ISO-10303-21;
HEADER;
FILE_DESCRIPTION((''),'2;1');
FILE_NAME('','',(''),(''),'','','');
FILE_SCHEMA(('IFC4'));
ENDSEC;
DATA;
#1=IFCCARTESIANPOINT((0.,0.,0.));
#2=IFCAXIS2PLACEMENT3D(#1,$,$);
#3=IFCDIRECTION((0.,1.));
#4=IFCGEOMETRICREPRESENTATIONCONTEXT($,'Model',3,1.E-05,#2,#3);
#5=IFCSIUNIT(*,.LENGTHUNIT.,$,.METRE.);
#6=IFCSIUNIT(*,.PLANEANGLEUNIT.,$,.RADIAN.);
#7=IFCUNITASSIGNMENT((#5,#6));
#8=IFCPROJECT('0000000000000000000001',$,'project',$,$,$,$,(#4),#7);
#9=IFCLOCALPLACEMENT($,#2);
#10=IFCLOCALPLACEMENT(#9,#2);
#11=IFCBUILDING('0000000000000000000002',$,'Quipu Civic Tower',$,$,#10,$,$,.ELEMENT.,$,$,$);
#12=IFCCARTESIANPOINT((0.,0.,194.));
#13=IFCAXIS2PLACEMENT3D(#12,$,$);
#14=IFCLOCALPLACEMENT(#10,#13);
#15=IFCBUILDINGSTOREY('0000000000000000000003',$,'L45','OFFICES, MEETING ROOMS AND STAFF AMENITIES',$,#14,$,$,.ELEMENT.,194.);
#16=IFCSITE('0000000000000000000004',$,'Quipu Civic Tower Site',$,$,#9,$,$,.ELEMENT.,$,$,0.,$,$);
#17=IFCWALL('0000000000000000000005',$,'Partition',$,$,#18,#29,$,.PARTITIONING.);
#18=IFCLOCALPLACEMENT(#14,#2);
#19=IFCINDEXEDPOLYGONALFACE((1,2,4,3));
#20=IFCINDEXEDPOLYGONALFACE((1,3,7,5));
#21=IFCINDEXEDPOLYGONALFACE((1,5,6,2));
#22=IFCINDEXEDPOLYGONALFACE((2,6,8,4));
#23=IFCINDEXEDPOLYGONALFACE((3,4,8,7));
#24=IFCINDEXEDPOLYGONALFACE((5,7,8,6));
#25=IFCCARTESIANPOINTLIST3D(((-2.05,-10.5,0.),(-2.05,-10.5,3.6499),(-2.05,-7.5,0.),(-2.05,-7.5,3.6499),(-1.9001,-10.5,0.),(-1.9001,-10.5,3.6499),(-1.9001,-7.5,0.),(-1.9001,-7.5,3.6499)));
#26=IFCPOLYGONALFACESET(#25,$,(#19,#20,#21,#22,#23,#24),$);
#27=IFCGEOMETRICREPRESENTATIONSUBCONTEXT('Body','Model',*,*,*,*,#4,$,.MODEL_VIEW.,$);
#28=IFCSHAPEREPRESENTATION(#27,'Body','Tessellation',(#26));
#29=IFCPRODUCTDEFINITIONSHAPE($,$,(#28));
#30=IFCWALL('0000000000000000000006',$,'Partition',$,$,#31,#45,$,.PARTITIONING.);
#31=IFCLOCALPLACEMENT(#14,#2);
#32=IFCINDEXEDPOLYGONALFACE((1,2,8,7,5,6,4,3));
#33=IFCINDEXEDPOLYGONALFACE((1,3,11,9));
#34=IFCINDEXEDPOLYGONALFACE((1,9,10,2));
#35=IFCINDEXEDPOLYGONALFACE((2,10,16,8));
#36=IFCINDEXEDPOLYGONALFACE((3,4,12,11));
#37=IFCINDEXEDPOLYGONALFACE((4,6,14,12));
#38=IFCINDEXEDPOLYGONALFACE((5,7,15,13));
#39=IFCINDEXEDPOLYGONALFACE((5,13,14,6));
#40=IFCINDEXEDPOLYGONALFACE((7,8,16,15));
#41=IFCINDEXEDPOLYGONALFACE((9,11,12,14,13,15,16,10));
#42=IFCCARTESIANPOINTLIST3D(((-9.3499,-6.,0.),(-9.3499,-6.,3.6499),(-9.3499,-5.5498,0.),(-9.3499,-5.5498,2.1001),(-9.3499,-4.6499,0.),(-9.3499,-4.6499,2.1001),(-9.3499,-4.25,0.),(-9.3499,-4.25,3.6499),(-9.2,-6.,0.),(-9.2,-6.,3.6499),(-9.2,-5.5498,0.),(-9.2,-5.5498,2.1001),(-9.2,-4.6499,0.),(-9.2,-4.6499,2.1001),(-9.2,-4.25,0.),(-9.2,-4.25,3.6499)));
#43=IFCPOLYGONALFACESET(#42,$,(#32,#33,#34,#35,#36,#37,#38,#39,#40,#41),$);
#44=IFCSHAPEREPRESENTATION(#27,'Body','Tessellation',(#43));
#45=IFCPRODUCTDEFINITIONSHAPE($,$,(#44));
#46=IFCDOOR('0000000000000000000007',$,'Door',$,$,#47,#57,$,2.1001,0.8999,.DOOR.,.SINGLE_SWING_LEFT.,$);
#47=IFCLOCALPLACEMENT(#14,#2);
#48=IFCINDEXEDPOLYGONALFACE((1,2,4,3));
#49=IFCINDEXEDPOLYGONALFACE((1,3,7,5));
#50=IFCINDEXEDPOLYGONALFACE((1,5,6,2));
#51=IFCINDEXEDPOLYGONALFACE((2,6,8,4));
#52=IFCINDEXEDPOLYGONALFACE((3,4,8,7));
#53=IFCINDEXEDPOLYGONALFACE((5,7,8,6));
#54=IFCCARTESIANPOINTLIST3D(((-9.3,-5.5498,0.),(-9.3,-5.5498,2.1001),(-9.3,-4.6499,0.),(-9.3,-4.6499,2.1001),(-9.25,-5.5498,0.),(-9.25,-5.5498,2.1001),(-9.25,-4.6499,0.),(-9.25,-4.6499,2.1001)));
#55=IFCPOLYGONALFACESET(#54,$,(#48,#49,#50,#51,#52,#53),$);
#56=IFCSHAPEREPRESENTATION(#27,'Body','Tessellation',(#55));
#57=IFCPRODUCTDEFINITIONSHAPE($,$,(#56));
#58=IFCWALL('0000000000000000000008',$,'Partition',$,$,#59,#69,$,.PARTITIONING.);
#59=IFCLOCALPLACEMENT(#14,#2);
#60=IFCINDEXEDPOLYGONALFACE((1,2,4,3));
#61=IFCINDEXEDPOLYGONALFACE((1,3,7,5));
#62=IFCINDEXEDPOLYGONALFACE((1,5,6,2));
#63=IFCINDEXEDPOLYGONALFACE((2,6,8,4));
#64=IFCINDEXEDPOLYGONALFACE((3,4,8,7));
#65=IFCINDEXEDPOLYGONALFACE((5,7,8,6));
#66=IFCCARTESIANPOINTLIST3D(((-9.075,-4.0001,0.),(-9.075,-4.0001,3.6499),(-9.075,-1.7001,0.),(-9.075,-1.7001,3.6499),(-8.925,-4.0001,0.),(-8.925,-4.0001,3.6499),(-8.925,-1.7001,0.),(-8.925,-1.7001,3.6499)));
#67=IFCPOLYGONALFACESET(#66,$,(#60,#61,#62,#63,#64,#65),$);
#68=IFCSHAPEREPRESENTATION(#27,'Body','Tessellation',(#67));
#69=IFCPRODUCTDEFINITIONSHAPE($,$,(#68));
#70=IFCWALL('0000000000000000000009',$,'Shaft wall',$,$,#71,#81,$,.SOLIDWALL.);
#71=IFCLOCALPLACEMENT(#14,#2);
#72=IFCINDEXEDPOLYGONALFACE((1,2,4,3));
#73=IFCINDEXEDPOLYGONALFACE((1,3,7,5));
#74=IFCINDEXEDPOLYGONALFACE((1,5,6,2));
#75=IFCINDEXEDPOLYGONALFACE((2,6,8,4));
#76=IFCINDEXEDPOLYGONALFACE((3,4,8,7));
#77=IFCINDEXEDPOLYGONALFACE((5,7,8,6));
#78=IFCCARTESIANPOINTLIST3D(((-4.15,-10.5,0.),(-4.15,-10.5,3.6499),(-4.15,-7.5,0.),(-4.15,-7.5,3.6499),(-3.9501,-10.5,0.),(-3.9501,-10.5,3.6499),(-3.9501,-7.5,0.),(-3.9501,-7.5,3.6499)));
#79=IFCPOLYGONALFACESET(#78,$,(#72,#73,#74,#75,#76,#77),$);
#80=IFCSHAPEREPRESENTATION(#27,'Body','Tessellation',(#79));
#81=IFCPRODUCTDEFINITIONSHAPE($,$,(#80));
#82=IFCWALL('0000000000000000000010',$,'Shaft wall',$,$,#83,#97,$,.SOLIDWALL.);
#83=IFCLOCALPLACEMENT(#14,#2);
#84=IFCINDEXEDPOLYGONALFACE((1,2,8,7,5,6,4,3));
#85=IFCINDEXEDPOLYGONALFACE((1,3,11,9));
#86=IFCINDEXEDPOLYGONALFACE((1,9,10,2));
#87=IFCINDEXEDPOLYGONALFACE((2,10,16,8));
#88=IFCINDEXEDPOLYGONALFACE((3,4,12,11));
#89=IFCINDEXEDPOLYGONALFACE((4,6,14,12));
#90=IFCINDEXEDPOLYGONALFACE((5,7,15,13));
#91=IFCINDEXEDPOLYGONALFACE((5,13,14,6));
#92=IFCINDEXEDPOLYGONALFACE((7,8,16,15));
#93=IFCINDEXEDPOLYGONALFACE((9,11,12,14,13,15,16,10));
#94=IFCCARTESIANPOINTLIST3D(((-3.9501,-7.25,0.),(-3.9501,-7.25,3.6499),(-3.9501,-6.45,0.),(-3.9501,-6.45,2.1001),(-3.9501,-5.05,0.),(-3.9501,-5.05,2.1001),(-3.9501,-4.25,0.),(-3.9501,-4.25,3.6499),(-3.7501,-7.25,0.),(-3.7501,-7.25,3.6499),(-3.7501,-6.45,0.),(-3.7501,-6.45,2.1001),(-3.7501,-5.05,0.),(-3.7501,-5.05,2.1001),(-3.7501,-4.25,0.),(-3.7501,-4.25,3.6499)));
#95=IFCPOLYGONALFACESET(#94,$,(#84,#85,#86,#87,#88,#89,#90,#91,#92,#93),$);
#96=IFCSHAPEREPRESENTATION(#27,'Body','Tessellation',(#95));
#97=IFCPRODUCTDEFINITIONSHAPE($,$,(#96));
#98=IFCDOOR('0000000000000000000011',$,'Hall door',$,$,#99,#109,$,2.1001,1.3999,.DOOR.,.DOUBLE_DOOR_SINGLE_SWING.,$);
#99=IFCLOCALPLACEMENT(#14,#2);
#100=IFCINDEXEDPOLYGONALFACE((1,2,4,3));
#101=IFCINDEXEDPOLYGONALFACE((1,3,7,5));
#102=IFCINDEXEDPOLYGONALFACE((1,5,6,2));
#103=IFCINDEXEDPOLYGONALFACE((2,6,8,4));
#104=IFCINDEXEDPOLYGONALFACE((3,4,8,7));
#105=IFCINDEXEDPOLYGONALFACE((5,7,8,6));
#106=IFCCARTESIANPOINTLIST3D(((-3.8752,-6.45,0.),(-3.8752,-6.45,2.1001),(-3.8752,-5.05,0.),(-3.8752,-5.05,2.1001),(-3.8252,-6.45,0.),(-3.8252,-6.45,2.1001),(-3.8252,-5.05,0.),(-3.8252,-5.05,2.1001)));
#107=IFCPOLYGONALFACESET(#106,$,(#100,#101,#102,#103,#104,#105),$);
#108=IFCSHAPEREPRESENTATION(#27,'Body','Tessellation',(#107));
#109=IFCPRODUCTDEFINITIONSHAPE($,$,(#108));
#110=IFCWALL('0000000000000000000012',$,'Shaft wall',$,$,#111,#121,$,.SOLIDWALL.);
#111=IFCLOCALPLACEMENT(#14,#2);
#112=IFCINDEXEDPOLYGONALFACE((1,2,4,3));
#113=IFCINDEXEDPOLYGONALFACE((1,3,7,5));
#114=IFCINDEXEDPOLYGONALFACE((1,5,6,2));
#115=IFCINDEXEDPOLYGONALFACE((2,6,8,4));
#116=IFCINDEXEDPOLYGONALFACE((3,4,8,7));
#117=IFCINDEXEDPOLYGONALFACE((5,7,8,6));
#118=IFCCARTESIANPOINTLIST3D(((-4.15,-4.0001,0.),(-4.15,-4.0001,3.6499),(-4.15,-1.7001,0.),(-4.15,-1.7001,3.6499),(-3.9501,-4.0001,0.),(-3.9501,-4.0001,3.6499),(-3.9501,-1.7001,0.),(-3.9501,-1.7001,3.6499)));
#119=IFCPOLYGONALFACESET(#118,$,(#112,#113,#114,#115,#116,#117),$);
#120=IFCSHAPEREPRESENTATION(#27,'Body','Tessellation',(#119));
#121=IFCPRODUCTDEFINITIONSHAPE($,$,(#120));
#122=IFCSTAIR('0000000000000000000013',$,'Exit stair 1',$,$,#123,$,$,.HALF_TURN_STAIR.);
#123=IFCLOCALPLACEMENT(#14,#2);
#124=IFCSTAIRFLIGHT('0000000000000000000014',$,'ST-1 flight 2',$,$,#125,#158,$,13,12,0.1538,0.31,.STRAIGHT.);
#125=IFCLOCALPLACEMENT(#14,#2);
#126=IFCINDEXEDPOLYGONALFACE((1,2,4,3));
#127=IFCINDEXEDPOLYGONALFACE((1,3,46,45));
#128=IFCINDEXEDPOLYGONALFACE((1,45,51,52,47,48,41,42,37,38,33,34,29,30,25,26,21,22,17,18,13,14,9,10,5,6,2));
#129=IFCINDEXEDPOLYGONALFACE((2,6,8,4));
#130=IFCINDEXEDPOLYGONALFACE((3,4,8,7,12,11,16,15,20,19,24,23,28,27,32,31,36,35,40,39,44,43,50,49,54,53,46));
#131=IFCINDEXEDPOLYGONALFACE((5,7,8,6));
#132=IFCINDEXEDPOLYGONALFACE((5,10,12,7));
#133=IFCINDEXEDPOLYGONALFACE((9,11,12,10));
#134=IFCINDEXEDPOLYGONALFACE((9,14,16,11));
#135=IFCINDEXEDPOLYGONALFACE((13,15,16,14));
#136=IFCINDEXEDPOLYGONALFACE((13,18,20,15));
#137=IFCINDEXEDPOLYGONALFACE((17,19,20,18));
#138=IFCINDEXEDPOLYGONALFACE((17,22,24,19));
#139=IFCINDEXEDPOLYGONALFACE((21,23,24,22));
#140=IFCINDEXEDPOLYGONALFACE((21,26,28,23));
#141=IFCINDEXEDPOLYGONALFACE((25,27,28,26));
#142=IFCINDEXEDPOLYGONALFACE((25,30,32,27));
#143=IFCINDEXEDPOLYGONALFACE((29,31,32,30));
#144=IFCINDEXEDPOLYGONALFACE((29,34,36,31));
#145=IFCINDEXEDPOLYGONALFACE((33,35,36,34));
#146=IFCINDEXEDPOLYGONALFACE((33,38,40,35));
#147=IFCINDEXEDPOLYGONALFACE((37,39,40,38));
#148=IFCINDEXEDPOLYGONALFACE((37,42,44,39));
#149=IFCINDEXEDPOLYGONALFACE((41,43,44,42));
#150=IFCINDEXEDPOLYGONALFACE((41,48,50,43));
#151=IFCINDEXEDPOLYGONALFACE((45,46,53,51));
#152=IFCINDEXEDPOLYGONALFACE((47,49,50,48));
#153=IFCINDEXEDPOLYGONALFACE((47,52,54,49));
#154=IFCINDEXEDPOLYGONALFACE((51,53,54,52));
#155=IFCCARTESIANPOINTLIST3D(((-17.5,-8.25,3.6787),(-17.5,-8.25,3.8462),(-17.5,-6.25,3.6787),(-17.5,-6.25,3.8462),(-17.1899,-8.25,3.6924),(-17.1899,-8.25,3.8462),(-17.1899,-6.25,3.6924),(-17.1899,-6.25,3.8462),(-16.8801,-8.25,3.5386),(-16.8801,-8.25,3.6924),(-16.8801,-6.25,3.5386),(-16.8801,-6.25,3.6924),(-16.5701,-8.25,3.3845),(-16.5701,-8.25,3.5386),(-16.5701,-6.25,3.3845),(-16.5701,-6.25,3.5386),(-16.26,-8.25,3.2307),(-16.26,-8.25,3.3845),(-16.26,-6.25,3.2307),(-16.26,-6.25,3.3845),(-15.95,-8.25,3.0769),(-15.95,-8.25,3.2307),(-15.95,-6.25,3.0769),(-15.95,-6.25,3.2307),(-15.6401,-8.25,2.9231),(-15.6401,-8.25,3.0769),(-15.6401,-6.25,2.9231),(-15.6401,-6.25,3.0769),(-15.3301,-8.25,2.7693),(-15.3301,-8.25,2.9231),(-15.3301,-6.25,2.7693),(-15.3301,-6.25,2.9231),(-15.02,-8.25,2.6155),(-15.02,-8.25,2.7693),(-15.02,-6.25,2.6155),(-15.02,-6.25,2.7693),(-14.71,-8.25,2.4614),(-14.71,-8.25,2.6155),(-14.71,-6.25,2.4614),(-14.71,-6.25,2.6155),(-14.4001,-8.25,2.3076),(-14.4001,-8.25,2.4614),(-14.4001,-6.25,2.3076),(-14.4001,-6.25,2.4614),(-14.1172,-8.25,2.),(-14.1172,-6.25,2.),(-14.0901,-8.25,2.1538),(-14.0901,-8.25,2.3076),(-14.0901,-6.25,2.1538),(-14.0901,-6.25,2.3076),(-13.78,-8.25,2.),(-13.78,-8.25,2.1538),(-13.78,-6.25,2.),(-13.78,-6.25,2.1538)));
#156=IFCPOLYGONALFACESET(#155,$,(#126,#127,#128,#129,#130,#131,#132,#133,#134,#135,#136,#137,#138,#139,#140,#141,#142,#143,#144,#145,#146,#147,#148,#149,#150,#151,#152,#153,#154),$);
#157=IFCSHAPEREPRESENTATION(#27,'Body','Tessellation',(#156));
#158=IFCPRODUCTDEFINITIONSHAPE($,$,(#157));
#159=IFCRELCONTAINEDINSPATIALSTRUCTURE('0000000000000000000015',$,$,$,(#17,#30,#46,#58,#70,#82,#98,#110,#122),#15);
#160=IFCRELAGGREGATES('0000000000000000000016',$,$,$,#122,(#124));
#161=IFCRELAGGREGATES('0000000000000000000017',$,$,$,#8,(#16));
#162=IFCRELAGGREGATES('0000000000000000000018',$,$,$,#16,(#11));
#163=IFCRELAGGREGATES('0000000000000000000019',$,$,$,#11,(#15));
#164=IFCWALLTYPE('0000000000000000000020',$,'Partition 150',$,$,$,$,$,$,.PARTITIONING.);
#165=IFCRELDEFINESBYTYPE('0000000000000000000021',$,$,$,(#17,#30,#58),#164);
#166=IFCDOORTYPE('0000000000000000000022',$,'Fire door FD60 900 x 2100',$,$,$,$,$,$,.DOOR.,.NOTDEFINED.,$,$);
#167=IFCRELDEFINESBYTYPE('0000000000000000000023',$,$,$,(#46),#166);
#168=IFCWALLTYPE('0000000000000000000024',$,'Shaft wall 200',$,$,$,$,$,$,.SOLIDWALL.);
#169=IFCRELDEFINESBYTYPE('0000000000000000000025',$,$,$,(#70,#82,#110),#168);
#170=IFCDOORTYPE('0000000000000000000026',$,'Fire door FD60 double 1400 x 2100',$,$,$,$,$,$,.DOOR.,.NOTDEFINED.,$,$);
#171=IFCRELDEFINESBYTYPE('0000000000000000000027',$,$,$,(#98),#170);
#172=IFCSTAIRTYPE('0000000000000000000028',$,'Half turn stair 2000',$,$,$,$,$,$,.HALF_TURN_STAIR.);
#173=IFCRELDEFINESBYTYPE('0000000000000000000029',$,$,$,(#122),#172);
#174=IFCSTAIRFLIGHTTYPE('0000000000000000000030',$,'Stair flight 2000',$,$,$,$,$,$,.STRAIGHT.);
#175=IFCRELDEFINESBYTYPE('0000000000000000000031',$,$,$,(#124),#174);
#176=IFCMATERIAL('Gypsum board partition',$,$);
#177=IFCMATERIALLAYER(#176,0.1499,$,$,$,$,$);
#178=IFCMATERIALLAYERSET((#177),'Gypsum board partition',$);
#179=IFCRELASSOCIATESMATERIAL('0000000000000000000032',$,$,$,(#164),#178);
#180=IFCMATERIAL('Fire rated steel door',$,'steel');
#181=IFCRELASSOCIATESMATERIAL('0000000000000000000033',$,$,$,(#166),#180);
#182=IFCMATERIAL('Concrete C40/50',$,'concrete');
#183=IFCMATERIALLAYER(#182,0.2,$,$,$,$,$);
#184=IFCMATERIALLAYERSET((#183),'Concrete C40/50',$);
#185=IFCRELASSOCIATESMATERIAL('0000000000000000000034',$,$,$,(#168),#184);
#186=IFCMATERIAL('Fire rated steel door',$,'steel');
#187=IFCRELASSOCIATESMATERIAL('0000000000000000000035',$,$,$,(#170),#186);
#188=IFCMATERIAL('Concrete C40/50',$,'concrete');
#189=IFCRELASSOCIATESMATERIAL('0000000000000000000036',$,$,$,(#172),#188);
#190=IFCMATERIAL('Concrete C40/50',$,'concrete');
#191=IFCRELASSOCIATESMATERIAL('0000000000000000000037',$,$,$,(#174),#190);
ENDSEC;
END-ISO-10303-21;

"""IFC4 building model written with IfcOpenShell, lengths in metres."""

from ifc_helpers import new_model, si_unit, direction, frame, frame_2d, origin, place, context, subcontext, project, spatial, polyline, rectangle, outline, extrude, material, layer, layer_set, type_object, element, fill, aggregate, save


model = new_model("IFC4")

# Units and contexts
model_context = context("Model", 3, precision=1e-05, world=origin(), true_north=direction((0.0, 1.0)))
body_context = subcontext(model_context, "Body", "Model", "MODEL_VIEW")
ifc_project = project(units=[si_unit("LENGTHUNIT", "METRE"), si_unit("PLANEANGLEUNIT", "RADIAN")], contexts=[model_context])

# Site, building, storey
site_placement = place(None, origin())
site = spatial("IfcSite", under=ifc_project, at=site_placement, Name="Quipu Civic Tower Site", CompositionType="ELEMENT", RefElevation=0.0)
building_placement = place(site_placement, origin())
building = spatial("IfcBuilding", under=site, at=building_placement, Name="Quipu Civic Tower", CompositionType="ELEMENT")
storey_placement = place(building_placement, frame((0.0, 0.0, 194.0)))
storey = spatial("IfcBuildingStorey", under=building, at=storey_placement, Name="L45", Description="OFFICES, MEETING ROOMS AND STAFF AMENITIES", CompositionType="ELEMENT", Elevation=194.0)

# Wall
ifc_material_1 = material(Name="Gypsum board partition")
ifc_layer_1 = layer(ifc_material_1, 0.1499)
ifc_layer_set_1 = layer_set([ifc_layer_1], Name="Gypsum board partition")
wall_type_1 = type_object("IfcWallType", Name="Partition 150", PredefinedType="PARTITIONING", material=ifc_layer_set_1)
for number, where, z_axis, x_axis, name in (
    (1, (-1.9751, -10.5, 0.0), (0.0, 0.0, 1.0), (0.0, 1.0, 0.0), "Partition"),
):
    element("IfcWall", number, at=place(storey_placement, frame(where, z_axis=z_axis, x_axis=x_axis)), inside=storey, type_object=wall_type_1, Name=name, PredefinedType="PARTITIONING", context=body_context, shape_type="SweptSolid", body=[
        extrude(rectangle(XDim=3.0, YDim=0.1499, at=frame_2d((1.5, 0.0))), origin(), (0.0, 0.0, 1.0), 3.6499),
    ])

# Wall, opening, door
wall_1_placement = place(storey_placement, frame((-9.2749, -4.25, 0.0), z_axis=(0.0, 0.0, 1.0), x_axis=(0.0, -1.0, 0.0)))
wall_1 = element("IfcWall", 2, at=wall_1_placement, inside=storey, type_object=wall_type_1, Name="Partition", PredefinedType="PARTITIONING", context=body_context, shape_type="SweptSolid", body=[
    extrude(rectangle(XDim=1.75, YDim=0.1499, at=frame_2d((0.875, 0.0))), origin(), (0.0, 0.0, 1.0), 3.6499),
])
opening_1_placement = place(wall_1_placement, frame((0.3999, 0.0, 0.0)))
opening_1 = element("IfcOpeningElement", 3, at=opening_1_placement, cuts=wall_1, PredefinedType="OPENING", context=body_context, shape_type="SweptSolid", body=[
    extrude(rectangle(XDim=0.8999, YDim=2.1001, at=frame_2d((0.45, 1.05))), frame((0.0, 0.085, 0.0), z_axis=(0.0, -1.0, 0.0), x_axis=(1.0, 0.0, 0.0)), (0.0, 0.0, 1.0), 0.1699),
])
ifc_material_2 = material(Name="Fire rated steel door", Category="steel")
door_type_1 = type_object("IfcDoorType", Name="Fire door FD60 900 x 2100", OperationType="NOTDEFINED", PredefinedType="DOOR", material=ifc_material_2)
door_1_placement = place(opening_1_placement, origin())
door_1 = element("IfcDoor", 4, at=door_1_placement, inside=storey, type_object=door_type_1, Name="Door", OperationType="SINGLE_SWING_LEFT", OverallHeight=2.1001, OverallWidth=0.8999, PredefinedType="DOOR", context=body_context, shape_type="SweptSolid", body=[
    extrude(rectangle(XDim=0.8999, YDim=2.1001, at=frame_2d((0.45, 1.05))), frame((0.0, 0.0249, 0.0), z_axis=(0.0, -1.0, 0.0), x_axis=(1.0, 0.0, 0.0)), (0.0, 0.0, 1.0), 0.05),
])
fill(opening_1, door_1)

# Walls
wall_2_placement = place(storey_placement, frame((-9.0, -4.0, 0.0), z_axis=(0.0, 0.0, 1.0), x_axis=(0.0, 1.0, 0.0)))
element("IfcWall", 5, at=wall_2_placement, inside=storey, type_object=wall_type_1, Name="Partition", PredefinedType="PARTITIONING", context=body_context, shape_type="SweptSolid", body=[
    extrude(rectangle(XDim=2.3, YDim=0.1499, at=frame_2d((1.1499, 0.0))), origin(), (0.0, 0.0, 1.0), 3.6499),
])
ifc_material_3 = material(Name="Concrete C40/50", Category="concrete")
ifc_layer_2 = layer(ifc_material_3, 0.2)
ifc_layer_set_2 = layer_set([ifc_layer_2], Name="Concrete C40/50")
wall_type_2 = type_object("IfcWallType", Name="Shaft wall 200", PredefinedType="SOLIDWALL", material=ifc_layer_set_2)
wall_3_placement = place(storey_placement, frame((-4.05, -10.5, 0.0), z_axis=(0.0, 0.0, 1.0), x_axis=(0.0, 1.0, 0.0)))
element("IfcWall", 6, at=wall_3_placement, inside=storey, type_object=wall_type_2, Name="Shaft wall", PredefinedType="SOLIDWALL", context=body_context, shape_type="SweptSolid", body=[
    extrude(rectangle(XDim=3.0, YDim=0.2, at=frame_2d((1.5, 0.0))), origin(), (0.0, 0.0, 1.0), 3.6499),
])

# Wall, opening, door
wall_4_placement = place(storey_placement, frame((-3.8501, -4.25, 0.0), z_axis=(0.0, 0.0, 1.0), x_axis=(0.0, -1.0, 0.0)))
wall_4 = element("IfcWall", 7, at=wall_4_placement, inside=storey, type_object=wall_type_2, Name="Shaft wall", PredefinedType="SOLIDWALL", context=body_context, shape_type="SweptSolid", body=[
    extrude(rectangle(XDim=3.0, YDim=0.2, at=frame_2d((1.5, 0.0))), origin(), (0.0, 0.0, 1.0), 3.6499),
])
opening_2_placement = place(wall_4_placement, frame((0.8, 0.0, 0.0)))
opening_2 = element("IfcOpeningElement", 8, at=opening_2_placement, cuts=wall_4, PredefinedType="OPENING", context=body_context, shape_type="SweptSolid", body=[
    extrude(rectangle(XDim=1.3999, YDim=2.1001, at=frame_2d((0.7, 1.05))), frame((0.0, 0.1099, 0.0), z_axis=(0.0, -1.0, 0.0), x_axis=(1.0, 0.0, 0.0)), (0.0, 0.0, 1.0), 0.22),
])
ifc_material_4 = material(Name="Fire rated steel door", Category="steel")
door_type_2 = type_object("IfcDoorType", Name="Fire door FD60 double 1400 x 2100", OperationType="NOTDEFINED", PredefinedType="DOOR", material=ifc_material_4)
door_2_placement = place(opening_2_placement, origin())
door_2 = element("IfcDoor", 9, at=door_2_placement, inside=storey, type_object=door_type_2, Name="Hall door", OperationType="DOUBLE_DOOR_SINGLE_SWING", OverallHeight=2.1001, OverallWidth=1.3999, PredefinedType="DOOR", context=body_context, shape_type="SweptSolid", body=[
    extrude(rectangle(XDim=1.3999, YDim=2.1001, at=frame_2d((0.7, 1.05))), frame((0.0, 0.0249, 0.0), z_axis=(0.0, -1.0, 0.0), x_axis=(1.0, 0.0, 0.0)), (0.0, 0.0, 1.0), 0.05),
])
fill(opening_2, door_2)

# Wall
wall_5_placement = place(storey_placement, frame((-4.05, -4.0, 0.0), z_axis=(0.0, 0.0, 1.0), x_axis=(0.0, 1.0, 0.0)))
element("IfcWall", 10, at=wall_5_placement, inside=storey, type_object=wall_type_2, Name="Shaft wall", PredefinedType="SOLIDWALL", context=body_context, shape_type="SweptSolid", body=[
    extrude(rectangle(XDim=2.3, YDim=0.2, at=frame_2d((1.1499, 0.0))), origin(), (0.0, 0.0, 1.0), 3.6499),
])

# Stair, stair flight
ifc_material_5 = material(Name="Concrete C40/50", Category="concrete")
stair_type = type_object("IfcStairType", Name="Half turn stair 2000", PredefinedType="HALF_TURN_STAIR", material=ifc_material_5)
stair_placement = place(storey_placement, origin())
stair = element("IfcStair", 11, at=stair_placement, inside=storey, type_object=stair_type, Name="Exit stair 1", PredefinedType="HALF_TURN_STAIR")
ifc_material_6 = material(Name="Concrete C40/50", Category="concrete")
stair_flight_type = type_object("IfcStairFlightType", Name="Stair flight 2000", PredefinedType="STRAIGHT", material=ifc_material_6)
stair_flight_placement = place(storey_placement, frame((-13.78, -7.25, 2.0), z_axis=(0.0, 0.0, 1.0), x_axis=(-1.0, 0.0, 0.0)))
stair_flight = element("IfcStairFlight", 12, at=stair_flight_placement, type_object=stair_flight_type, Name="ST-1 flight 2", NumberOfRisers=13, NumberOfTreads=12, PredefinedType="STRAIGHT", RiserHeight=0.1538, TreadLength=0.31, context=body_context, shape_type="SweptSolid", body=[
    extrude(outline(polyline([(0.0, 0.0), (0.0, 0.1538), (0.3101, 0.1538), (0.3101, 0.3076), (0.6201, 0.3076), (0.6201, 0.4614), (0.9299, 0.4614), (0.9299, 0.6155), (1.24, 0.6155), (1.24, 0.7693), (1.55, 0.7693), (1.55, 0.9231), (1.8601, 0.9231), (1.8601, 1.0769), (2.1699, 1.0769), (2.1699, 1.2307), (2.48, 1.2307), (2.48, 1.3845), (2.79, 1.3845), (2.79, 1.5386), (3.1001, 1.5386), (3.1001, 1.6924), (3.4099, 1.6924), (3.4099, 1.8462), (3.72, 1.8462), (3.72, 2.0), (3.72, 1.6787), (0.3372, 0.0), (0.0, 0.0)])), frame((0.0, 1.0, 0.0), z_axis=(0.0, -1.0, 0.0), x_axis=(1.0, 0.0, 0.0)), (0.0, 0.0, 1.0), 2.0),
])
aggregate(stair, [stair_flight])

save(model, "model.ifc")
